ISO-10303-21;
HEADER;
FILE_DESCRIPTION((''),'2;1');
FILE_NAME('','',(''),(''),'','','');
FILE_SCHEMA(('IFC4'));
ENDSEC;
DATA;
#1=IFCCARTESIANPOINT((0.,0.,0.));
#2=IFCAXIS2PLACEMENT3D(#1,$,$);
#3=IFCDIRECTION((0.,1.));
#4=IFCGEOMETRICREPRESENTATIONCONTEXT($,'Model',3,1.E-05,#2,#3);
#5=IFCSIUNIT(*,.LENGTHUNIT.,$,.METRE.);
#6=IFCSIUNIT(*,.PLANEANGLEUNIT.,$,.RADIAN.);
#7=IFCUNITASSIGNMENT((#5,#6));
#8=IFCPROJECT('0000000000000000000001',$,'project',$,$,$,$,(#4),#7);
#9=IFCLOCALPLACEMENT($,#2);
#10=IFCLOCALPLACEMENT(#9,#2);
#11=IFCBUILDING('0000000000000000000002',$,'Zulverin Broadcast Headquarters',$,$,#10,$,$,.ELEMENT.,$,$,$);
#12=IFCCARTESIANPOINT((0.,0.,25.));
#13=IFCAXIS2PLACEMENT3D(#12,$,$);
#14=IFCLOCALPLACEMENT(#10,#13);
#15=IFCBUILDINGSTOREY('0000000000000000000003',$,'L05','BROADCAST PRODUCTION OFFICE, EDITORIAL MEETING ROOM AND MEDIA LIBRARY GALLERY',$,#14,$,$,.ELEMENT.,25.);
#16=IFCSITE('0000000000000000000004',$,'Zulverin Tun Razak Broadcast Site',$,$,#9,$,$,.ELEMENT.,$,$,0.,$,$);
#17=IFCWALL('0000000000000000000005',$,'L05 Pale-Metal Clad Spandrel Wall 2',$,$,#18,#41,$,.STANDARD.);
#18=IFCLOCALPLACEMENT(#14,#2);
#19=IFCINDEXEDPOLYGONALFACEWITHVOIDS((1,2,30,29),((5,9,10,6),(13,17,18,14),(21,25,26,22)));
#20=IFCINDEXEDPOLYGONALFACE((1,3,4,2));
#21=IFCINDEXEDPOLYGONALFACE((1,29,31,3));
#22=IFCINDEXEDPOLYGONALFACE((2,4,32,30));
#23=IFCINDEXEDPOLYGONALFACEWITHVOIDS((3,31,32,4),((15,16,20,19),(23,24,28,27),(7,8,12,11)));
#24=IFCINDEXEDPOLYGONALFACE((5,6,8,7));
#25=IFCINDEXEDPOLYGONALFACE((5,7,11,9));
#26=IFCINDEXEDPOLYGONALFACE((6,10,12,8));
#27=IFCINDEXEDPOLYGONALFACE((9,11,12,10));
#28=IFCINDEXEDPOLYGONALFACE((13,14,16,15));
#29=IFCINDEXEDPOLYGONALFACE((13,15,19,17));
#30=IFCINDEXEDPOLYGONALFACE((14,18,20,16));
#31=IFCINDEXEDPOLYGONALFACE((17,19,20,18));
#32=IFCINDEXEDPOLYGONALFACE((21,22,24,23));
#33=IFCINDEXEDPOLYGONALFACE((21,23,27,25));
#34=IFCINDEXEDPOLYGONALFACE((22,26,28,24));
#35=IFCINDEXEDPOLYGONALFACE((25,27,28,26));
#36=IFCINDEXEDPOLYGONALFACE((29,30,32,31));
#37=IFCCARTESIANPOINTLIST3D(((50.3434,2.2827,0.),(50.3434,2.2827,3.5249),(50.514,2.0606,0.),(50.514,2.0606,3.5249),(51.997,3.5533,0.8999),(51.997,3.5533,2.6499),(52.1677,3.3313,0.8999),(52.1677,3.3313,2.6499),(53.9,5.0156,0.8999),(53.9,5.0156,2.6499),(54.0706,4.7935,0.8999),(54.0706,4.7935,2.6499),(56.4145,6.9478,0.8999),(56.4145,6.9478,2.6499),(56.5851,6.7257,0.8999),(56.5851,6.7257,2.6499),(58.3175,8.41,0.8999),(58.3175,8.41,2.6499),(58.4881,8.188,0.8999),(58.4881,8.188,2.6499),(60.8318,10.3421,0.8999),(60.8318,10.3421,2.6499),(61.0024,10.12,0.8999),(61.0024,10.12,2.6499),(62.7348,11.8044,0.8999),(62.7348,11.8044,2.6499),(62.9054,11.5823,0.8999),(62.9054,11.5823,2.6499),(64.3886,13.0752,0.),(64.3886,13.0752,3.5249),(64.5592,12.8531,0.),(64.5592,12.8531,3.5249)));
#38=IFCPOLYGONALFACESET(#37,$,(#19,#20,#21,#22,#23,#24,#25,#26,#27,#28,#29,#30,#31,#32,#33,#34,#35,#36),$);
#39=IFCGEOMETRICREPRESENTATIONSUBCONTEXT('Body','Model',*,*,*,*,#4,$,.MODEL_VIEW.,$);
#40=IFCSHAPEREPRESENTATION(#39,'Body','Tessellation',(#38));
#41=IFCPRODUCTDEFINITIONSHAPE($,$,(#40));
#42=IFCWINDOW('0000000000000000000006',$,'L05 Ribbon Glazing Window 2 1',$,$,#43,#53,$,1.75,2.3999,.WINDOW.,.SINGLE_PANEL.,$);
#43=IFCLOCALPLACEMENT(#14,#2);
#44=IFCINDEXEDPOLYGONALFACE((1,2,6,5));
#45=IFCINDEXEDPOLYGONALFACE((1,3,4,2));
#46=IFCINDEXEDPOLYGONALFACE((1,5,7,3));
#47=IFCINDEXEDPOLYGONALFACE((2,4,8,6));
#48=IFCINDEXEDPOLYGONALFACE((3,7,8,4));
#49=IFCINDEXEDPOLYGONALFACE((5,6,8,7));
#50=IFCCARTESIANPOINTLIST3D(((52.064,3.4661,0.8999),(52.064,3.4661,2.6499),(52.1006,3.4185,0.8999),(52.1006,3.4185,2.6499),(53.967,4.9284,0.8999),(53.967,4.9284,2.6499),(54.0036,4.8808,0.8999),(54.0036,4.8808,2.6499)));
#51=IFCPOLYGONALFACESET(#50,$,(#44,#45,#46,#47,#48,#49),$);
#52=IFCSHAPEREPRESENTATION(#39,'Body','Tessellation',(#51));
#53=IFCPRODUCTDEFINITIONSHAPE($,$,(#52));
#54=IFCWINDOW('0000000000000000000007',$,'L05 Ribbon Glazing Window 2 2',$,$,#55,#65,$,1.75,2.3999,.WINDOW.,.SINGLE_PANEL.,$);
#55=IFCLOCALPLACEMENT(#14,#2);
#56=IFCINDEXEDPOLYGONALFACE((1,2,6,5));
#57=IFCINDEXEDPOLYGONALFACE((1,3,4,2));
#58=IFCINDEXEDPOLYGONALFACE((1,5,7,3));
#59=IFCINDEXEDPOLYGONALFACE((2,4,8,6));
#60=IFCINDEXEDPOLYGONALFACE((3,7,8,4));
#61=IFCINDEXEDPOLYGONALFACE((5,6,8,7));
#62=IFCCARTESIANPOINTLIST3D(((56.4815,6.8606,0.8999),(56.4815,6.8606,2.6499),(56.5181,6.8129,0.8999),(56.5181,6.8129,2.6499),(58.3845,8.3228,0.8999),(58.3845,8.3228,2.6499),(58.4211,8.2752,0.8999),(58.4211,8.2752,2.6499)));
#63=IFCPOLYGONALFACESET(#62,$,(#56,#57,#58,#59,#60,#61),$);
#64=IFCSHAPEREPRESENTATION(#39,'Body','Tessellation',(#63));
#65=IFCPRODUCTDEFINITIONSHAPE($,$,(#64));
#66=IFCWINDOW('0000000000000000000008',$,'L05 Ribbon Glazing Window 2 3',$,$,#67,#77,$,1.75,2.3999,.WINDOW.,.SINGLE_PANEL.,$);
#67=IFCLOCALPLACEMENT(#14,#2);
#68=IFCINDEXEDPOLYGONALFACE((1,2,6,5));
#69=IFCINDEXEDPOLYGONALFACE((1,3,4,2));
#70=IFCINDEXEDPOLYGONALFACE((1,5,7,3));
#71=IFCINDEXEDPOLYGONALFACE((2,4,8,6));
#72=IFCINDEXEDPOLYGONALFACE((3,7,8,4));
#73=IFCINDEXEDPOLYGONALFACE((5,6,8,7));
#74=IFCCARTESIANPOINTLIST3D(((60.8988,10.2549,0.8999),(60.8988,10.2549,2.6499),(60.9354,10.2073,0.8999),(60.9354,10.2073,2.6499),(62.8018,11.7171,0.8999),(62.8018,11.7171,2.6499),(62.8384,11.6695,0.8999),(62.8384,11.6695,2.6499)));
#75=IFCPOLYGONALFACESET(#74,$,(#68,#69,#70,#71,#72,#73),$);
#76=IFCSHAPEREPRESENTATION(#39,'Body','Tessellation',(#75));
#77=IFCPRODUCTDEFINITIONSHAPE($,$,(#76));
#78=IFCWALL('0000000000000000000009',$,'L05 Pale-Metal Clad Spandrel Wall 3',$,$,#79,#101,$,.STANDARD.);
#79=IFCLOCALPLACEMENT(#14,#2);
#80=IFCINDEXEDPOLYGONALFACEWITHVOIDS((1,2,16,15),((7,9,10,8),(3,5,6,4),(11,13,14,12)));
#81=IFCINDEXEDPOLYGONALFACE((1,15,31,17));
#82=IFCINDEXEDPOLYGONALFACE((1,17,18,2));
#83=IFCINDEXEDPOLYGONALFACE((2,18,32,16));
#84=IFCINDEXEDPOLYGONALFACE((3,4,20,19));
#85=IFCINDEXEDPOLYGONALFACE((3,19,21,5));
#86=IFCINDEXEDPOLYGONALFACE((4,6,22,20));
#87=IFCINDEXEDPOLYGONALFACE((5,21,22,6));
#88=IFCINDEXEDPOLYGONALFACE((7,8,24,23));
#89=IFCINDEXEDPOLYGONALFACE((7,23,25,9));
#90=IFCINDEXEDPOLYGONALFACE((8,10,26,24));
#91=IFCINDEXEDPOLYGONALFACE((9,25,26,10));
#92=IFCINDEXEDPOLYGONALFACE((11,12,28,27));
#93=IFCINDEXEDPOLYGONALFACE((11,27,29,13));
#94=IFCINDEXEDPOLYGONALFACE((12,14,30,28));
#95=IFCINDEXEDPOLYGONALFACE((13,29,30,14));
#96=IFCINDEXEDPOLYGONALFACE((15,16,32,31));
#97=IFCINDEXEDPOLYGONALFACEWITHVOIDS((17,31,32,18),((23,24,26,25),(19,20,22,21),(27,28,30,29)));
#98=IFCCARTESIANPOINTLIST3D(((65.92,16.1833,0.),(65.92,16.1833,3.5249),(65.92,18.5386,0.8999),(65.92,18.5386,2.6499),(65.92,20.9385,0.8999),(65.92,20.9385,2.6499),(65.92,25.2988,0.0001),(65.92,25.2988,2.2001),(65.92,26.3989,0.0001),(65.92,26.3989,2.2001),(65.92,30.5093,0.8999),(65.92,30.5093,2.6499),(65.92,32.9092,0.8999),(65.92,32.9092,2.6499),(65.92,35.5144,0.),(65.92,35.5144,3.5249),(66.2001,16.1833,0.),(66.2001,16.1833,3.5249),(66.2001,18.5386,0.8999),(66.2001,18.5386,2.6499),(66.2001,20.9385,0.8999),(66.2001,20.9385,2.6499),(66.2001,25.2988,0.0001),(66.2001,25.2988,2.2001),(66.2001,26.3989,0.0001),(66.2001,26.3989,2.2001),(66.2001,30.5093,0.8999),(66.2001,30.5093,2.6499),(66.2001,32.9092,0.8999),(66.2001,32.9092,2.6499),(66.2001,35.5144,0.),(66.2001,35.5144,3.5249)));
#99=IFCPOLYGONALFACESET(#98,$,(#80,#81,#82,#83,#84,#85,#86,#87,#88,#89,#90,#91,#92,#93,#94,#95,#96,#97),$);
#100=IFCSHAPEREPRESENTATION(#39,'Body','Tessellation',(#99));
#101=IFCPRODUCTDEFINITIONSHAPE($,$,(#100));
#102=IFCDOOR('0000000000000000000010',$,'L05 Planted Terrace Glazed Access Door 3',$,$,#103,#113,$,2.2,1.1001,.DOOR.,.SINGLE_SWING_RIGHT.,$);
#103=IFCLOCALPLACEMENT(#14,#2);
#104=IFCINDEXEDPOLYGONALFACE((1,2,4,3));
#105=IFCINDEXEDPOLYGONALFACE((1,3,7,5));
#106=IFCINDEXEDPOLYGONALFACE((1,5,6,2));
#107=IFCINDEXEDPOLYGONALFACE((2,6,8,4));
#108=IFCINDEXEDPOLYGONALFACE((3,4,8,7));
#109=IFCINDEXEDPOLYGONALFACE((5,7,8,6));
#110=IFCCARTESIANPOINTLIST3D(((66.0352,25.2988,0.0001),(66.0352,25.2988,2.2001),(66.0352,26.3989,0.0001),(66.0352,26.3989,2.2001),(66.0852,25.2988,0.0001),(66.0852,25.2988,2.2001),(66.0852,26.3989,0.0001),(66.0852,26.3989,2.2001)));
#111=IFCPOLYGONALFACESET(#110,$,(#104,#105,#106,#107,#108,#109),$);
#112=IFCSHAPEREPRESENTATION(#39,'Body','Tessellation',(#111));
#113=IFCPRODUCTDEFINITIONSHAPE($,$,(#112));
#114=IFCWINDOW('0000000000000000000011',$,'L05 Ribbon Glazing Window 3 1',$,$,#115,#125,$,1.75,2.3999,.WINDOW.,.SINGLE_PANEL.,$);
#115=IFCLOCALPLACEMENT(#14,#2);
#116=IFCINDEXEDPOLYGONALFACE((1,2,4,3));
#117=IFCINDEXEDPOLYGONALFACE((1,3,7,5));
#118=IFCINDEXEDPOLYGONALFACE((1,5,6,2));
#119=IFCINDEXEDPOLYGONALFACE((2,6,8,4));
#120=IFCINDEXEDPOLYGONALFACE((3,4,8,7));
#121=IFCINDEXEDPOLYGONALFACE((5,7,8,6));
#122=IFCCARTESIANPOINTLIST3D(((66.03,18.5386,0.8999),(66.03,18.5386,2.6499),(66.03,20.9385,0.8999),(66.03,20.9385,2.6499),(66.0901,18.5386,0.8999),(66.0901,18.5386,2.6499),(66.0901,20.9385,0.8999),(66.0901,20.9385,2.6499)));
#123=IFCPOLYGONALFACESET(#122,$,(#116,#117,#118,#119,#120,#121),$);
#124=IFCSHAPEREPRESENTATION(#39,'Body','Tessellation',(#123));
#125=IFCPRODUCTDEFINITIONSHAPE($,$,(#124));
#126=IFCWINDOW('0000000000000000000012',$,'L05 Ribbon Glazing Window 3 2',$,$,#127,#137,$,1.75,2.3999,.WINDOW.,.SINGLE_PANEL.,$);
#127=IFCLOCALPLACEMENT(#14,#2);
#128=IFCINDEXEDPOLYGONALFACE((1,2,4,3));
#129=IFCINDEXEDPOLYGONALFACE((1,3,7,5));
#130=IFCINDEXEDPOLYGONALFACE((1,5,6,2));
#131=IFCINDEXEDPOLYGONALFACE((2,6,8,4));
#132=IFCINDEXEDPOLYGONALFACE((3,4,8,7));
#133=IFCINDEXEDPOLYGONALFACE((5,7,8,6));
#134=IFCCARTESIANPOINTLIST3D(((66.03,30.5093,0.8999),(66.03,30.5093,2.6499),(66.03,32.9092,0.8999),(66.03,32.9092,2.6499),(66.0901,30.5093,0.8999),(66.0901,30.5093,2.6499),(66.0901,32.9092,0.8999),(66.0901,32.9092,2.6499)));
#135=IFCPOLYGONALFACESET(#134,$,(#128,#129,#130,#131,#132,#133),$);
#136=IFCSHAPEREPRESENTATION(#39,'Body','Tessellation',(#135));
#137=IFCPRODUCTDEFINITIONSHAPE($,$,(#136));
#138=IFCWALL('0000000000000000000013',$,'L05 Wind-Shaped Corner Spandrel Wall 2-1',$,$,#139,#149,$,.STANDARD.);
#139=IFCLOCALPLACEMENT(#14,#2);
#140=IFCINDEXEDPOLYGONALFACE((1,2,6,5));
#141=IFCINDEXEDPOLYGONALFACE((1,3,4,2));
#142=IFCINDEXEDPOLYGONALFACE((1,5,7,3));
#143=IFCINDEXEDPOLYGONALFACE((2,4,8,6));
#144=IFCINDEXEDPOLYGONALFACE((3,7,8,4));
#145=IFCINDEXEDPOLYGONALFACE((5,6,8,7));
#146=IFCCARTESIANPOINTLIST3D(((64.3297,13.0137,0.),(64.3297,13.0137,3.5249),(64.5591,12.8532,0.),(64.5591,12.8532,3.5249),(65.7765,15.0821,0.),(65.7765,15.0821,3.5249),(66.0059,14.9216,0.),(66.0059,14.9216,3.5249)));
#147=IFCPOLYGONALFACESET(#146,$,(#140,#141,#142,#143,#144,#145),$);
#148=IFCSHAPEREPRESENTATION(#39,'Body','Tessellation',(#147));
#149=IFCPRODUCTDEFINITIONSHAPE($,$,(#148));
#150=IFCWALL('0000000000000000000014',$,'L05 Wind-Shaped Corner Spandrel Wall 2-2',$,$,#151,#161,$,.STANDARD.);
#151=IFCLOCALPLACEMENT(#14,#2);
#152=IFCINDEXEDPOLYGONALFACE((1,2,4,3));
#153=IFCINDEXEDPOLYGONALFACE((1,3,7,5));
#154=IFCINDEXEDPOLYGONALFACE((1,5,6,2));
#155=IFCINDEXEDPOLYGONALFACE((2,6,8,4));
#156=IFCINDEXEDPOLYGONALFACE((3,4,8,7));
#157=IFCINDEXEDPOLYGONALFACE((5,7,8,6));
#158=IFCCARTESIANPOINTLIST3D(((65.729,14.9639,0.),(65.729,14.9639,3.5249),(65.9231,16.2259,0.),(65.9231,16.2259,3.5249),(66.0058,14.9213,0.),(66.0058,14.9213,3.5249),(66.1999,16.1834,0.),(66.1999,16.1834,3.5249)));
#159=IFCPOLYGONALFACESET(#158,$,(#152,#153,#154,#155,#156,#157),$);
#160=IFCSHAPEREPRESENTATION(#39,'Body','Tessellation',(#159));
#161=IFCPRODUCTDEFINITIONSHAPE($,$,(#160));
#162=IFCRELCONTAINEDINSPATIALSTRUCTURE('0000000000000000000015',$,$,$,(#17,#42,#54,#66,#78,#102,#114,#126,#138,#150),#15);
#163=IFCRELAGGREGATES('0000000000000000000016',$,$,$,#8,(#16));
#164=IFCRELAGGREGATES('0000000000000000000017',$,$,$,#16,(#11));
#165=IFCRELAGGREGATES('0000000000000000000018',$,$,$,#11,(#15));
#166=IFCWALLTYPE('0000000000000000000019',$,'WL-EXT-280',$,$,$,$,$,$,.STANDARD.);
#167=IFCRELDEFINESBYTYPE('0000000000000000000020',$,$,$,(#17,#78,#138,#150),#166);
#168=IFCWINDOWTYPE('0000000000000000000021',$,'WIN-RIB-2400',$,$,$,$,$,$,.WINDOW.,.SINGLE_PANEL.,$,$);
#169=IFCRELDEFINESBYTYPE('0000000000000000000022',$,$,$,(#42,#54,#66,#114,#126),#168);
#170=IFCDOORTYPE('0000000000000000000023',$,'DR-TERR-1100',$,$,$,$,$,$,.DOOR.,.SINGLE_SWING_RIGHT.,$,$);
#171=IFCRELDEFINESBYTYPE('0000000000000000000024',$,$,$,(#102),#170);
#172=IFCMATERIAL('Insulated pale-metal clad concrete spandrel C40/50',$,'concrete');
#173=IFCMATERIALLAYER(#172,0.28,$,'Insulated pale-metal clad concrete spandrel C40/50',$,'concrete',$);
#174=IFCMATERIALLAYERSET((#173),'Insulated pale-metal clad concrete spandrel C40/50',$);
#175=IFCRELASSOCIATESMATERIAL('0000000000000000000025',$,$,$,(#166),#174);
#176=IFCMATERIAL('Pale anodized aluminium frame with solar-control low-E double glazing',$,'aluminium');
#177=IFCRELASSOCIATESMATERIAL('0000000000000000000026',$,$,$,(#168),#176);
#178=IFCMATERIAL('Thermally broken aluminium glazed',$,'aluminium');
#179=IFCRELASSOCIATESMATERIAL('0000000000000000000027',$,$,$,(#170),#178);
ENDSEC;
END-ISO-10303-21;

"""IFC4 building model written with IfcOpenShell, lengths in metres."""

from ifc_helpers import new_model, si_unit, direction, frame, frame_2d, origin, place, context, subcontext, project, spatial, rectangle, extrude, material, layer, layer_set, type_object, element, fill, save


model = new_model("IFC4")

# Units and contexts
model_context = context("Model", 3, precision=1e-05, world=origin(), true_north=direction((0.0, 1.0)))
body_context = subcontext(model_context, "Body", "Model", "MODEL_VIEW")
ifc_project = project(units=[si_unit("LENGTHUNIT", "METRE"), si_unit("PLANEANGLEUNIT", "RADIAN")], contexts=[model_context])

# Site, building, storey
site_placement = place(None, origin())
site = spatial("IfcSite", under=ifc_project, at=site_placement, Name="Zulverin Tun Razak Broadcast Site", CompositionType="ELEMENT", RefElevation=0.0)
building_placement = place(site_placement, origin())
building = spatial("IfcBuilding", under=site, at=building_placement, Name="Zulverin Broadcast Headquarters", CompositionType="ELEMENT")
storey_placement = place(building_placement, frame((0.0, 0.0, 25.0)))
storey = spatial("IfcBuildingStorey", under=building, at=storey_placement, Name="L05", Description="BROADCAST PRODUCTION OFFICE, EDITORIAL MEETING ROOM AND MEDIA LIBRARY GALLERY", CompositionType="ELEMENT", Elevation=25.0)

# Wall, openings, windows
ifc_material_1 = material(Name="Insulated pale-metal clad concrete spandrel C40/50", Category="concrete")
ifc_layer_1 = layer(ifc_material_1, 0.28, Name="Insulated pale-metal clad concrete spandrel C40/50", Category="concrete")
ifc_layer_set_1 = layer_set([ifc_layer_1], Name="Insulated pale-metal clad concrete spandrel C40/50")
wall_type_1 = type_object("IfcWallType", Name="WL-EXT-280", PredefinedType="STANDARD", material=ifc_layer_set_1)
wall_1_placement = place(storey_placement, frame((50.4287, 2.1716, 0.0), z_axis=(0.0, 0.0, 1.0), x_axis=(0.792937, 0.609303, 0.0)))
wall_1 = element("IfcWall", 1, at=wall_1_placement, inside=storey, type_object=wall_type_1, Name="L05 Pale-Metal Clad Spandrel Wall 2", PredefinedType="STANDARD", context=body_context, shape_type="SweptSolid", body=[
    extrude(rectangle(XDim=17.7129, YDim=0.28, at=frame_2d((8.8564, 0.0))), origin(), (0.0, 0.0, 1.0), 3.5249),
])
opening_1_placement = place(wall_1_placement, frame((2.0854, 0.0, 0.8999)))
opening_1 = element("IfcOpeningElement", 2, at=opening_1_placement, cuts=wall_1, PredefinedType="OPENING", context=body_context, shape_type="SweptSolid", body=[
    extrude(rectangle(XDim=2.3999, YDim=1.75, at=frame_2d((1.2, 0.875))), frame((0.0, 0.1499, 0.0), z_axis=(0.0, -1.0, 0.0), x_axis=(1.0, 0.0, 0.0)), (0.0, 0.0, 1.0), 0.3),
])
opening_2_placement = place(wall_1_placement, frame((7.6565, 0.0, 0.8999)))
opening_2 = element("IfcOpeningElement", 3, at=opening_2_placement, cuts=wall_1, PredefinedType="OPENING", context=body_context, shape_type="SweptSolid", body=[
    extrude(rectangle(XDim=2.3999, YDim=1.75, at=frame_2d((1.2, 0.875))), frame((0.0, 0.1499, 0.0), z_axis=(0.0, -1.0, 0.0), x_axis=(1.0, 0.0, 0.0)), (0.0, 0.0, 1.0), 0.3),
])
opening_3_placement = place(wall_1_placement, frame((13.2273, 0.0, 0.8999)))
opening_3 = element("IfcOpeningElement", 4, at=opening_3_placement, cuts=wall_1, PredefinedType="OPENING", context=body_context, shape_type="SweptSolid", body=[
    extrude(rectangle(XDim=2.3999, YDim=1.75, at=frame_2d((1.2, 0.875))), frame((0.0, 0.1499, 0.0), z_axis=(0.0, -1.0, 0.0), x_axis=(1.0, 0.0, 0.0)), (0.0, 0.0, 1.0), 0.3),
])
ifc_material_2 = material(Name="Pale anodized aluminium frame with solar-control low-E double glazing", Category="aluminium")
window_type = type_object("IfcWindowType", Name="WIN-RIB-2400", PartitioningType="SINGLE_PANEL", PredefinedType="WINDOW", material=ifc_material_2)
window_1_placement = place(opening_1_placement, origin())
window_1 = element("IfcWindow", 5, at=window_1_placement, inside=storey, type_object=window_type, Name="L05 Ribbon Glazing Window 2 1", OverallHeight=1.75, OverallWidth=2.3999, PartitioningType="SINGLE_PANEL", PredefinedType="WINDOW", context=body_context, shape_type="SweptSolid", body=[
    extrude(rectangle(XDim=2.3999, YDim=1.75, at=frame_2d((1.2, 0.875))), frame((0.0, 0.03, 0.0), z_axis=(0.0, -1.0, 0.0), x_axis=(1.0, 0.0, 0.0)), (0.0, 0.0, 1.0), 0.0601),
])
fill(opening_1, window_1)
window_2_placement = place(opening_2_placement, origin())
window_2 = element("IfcWindow", 6, at=window_2_placement, inside=storey, type_object=window_type, Name="L05 Ribbon Glazing Window 2 2", OverallHeight=1.75, OverallWidth=2.3999, PartitioningType="SINGLE_PANEL", PredefinedType="WINDOW", context=body_context, shape_type="SweptSolid", body=[
    extrude(rectangle(XDim=2.3999, YDim=1.75, at=frame_2d((1.2, 0.875))), frame((0.0, 0.03, 0.0), z_axis=(0.0, -1.0, 0.0), x_axis=(1.0, 0.0, 0.0)), (0.0, 0.0, 1.0), 0.0601),
])
fill(opening_2, window_2)
window_3_placement = place(opening_3_placement, origin())
window_3 = element("IfcWindow", 7, at=window_3_placement, inside=storey, type_object=window_type, Name="L05 Ribbon Glazing Window 2 3", OverallHeight=1.75, OverallWidth=2.3999, PartitioningType="SINGLE_PANEL", PredefinedType="WINDOW", context=body_context, shape_type="SweptSolid", body=[
    extrude(rectangle(XDim=2.3999, YDim=1.75, at=frame_2d((1.2, 0.875))), frame((0.0, 0.03, 0.0), z_axis=(0.0, -1.0, 0.0), x_axis=(1.0, 0.0, 0.0)), (0.0, 0.0, 1.0), 0.0601),
])
fill(opening_3, window_3)

# Wall, openings, door, windows
wall_2_placement = place(storey_placement, frame((66.0601, 16.1833, 0.0), z_axis=(0.0, 0.0, 1.0), x_axis=(0.0, 1.0, 0.0)))
wall_2 = element("IfcWall", 8, at=wall_2_placement, inside=storey, type_object=wall_type_1, Name="L05 Pale-Metal Clad Spandrel Wall 3", PredefinedType="STANDARD", context=body_context, shape_type="SweptSolid", body=[
    extrude(rectangle(XDim=19.3311, YDim=0.28, at=frame_2d((9.6655, 0.0))), origin(), (0.0, 0.0, 1.0), 3.5249),
])
opening_4_placement = place(wall_2_placement, frame((9.1155, 0.0, 0.0)))
opening_4 = element("IfcOpeningElement", 9, at=opening_4_placement, cuts=wall_2, PredefinedType="OPENING", context=body_context, shape_type="SweptSolid", body=[
    extrude(rectangle(XDim=1.1001, YDim=2.2, at=frame_2d((0.55, 1.1001))), frame((0.0, 0.1499, 0.0), z_axis=(0.0, -1.0, 0.0), x_axis=(1.0, 0.0, 0.0)), (0.0, 0.0, 1.0), 0.3),
])
opening_5_placement = place(wall_2_placement, frame((2.3552, 0.0, 0.8999)))
opening_5 = element("IfcOpeningElement", 10, at=opening_5_placement, cuts=wall_2, PredefinedType="OPENING", context=body_context, shape_type="SweptSolid", body=[
    extrude(rectangle(XDim=2.3999, YDim=1.75, at=frame_2d((1.2, 0.875))), frame((0.0, 0.1499, 0.0), z_axis=(0.0, -1.0, 0.0), x_axis=(1.0, 0.0, 0.0)), (0.0, 0.0, 1.0), 0.3),
])
opening_6_placement = place(wall_2_placement, frame((14.3259, 0.0, 0.8999)))
opening_6 = element("IfcOpeningElement", 11, at=opening_6_placement, cuts=wall_2, PredefinedType="OPENING", context=body_context, shape_type="SweptSolid", body=[
    extrude(rectangle(XDim=2.3999, YDim=1.75, at=frame_2d((1.2, 0.875))), frame((0.0, 0.1499, 0.0), z_axis=(0.0, -1.0, 0.0), x_axis=(1.0, 0.0, 0.0)), (0.0, 0.0, 1.0), 0.3),
])
ifc_material_3 = material(Name="Thermally broken aluminium glazed", Category="aluminium")
door_type_1 = type_object("IfcDoorType", Name="DR-TERR-1100", OperationType="SINGLE_SWING_RIGHT", PredefinedType="DOOR", material=ifc_material_3)
door_1_placement = place(opening_4_placement, origin())
door_1 = element("IfcDoor", 12, at=door_1_placement, inside=storey, type_object=door_type_1, Name="L05 Planted Terrace Glazed Access Door 3", OperationType="SINGLE_SWING_RIGHT", OverallHeight=2.2, OverallWidth=1.1001, PredefinedType="DOOR", context=body_context, shape_type="SweptSolid", body=[
    extrude(rectangle(XDim=1.1001, YDim=2.2, at=frame_2d((0.55, 1.1001))), frame((0.0, 0.0249, 0.0), z_axis=(0.0, -1.0, 0.0), x_axis=(1.0, 0.0, 0.0)), (0.0, 0.0, 1.0), 0.05),
])
fill(opening_4, door_1)
window_4_placement = place(opening_5_placement, origin())
window_4 = element("IfcWindow", 13, at=window_4_placement, inside=storey, type_object=window_type, Name="L05 Ribbon Glazing Window 3 1", OverallHeight=1.75, OverallWidth=2.3999, PartitioningType="SINGLE_PANEL", PredefinedType="WINDOW", context=body_context, shape_type="SweptSolid", body=[
    extrude(rectangle(XDim=2.3999, YDim=1.75, at=frame_2d((1.2, 0.875))), frame((0.0, 0.03, 0.0), z_axis=(0.0, -1.0, 0.0), x_axis=(1.0, 0.0, 0.0)), (0.0, 0.0, 1.0), 0.0601),
])
fill(opening_5, window_4)
window_5_placement = place(opening_6_placement, origin())
window_5 = element("IfcWindow", 14, at=window_5_placement, inside=storey, type_object=window_type, Name="L05 Ribbon Glazing Window 3 2", OverallHeight=1.75, OverallWidth=2.3999, PartitioningType="SINGLE_PANEL", PredefinedType="WINDOW", context=body_context, shape_type="SweptSolid", body=[
    extrude(rectangle(XDim=2.3999, YDim=1.75, at=frame_2d((1.2, 0.875))), frame((0.0, 0.03, 0.0), z_axis=(0.0, -1.0, 0.0), x_axis=(1.0, 0.0, 0.0)), (0.0, 0.0, 1.0), 0.0601),
])
fill(opening_6, window_5)

# Walls
wall_3_placement = place(storey_placement, frame((64.4443, 12.9333, 0.0), z_axis=(0.0, 0.0, 1.0), x_axis=(0.573177, 0.819432, 0.0)))
element("IfcWall", 15, at=wall_3_placement, inside=storey, type_object=wall_type_1, Name="L05 Wind-Shaped Corner Spandrel Wall 2-1", PredefinedType="STANDARD", context=body_context, shape_type="SweptSolid", body=[
    extrude(rectangle(XDim=2.5242, YDim=0.28, at=frame_2d((1.2622, 0.0))), origin(), (0.0, 0.0, 1.0), 3.5249),
])
wall_4_placement = place(storey_placement, frame((65.8674, 14.9426, 0.0), z_axis=(0.0, 0.0, 1.0), x_axis=(0.152014, 0.988378, 0.0)))
element("IfcWall", 16, at=wall_4_placement, inside=storey, type_object=wall_type_1, Name="L05 Wind-Shaped Corner Spandrel Wall 2-2", PredefinedType="STANDARD", context=body_context, shape_type="SweptSolid", body=[
    extrude(rectangle(XDim=1.2769, YDim=0.28, at=frame_2d((0.6384, 0.0))), origin(), (0.0, 0.0, 1.0), 3.5249),
])

save(model, "model.ifc")
